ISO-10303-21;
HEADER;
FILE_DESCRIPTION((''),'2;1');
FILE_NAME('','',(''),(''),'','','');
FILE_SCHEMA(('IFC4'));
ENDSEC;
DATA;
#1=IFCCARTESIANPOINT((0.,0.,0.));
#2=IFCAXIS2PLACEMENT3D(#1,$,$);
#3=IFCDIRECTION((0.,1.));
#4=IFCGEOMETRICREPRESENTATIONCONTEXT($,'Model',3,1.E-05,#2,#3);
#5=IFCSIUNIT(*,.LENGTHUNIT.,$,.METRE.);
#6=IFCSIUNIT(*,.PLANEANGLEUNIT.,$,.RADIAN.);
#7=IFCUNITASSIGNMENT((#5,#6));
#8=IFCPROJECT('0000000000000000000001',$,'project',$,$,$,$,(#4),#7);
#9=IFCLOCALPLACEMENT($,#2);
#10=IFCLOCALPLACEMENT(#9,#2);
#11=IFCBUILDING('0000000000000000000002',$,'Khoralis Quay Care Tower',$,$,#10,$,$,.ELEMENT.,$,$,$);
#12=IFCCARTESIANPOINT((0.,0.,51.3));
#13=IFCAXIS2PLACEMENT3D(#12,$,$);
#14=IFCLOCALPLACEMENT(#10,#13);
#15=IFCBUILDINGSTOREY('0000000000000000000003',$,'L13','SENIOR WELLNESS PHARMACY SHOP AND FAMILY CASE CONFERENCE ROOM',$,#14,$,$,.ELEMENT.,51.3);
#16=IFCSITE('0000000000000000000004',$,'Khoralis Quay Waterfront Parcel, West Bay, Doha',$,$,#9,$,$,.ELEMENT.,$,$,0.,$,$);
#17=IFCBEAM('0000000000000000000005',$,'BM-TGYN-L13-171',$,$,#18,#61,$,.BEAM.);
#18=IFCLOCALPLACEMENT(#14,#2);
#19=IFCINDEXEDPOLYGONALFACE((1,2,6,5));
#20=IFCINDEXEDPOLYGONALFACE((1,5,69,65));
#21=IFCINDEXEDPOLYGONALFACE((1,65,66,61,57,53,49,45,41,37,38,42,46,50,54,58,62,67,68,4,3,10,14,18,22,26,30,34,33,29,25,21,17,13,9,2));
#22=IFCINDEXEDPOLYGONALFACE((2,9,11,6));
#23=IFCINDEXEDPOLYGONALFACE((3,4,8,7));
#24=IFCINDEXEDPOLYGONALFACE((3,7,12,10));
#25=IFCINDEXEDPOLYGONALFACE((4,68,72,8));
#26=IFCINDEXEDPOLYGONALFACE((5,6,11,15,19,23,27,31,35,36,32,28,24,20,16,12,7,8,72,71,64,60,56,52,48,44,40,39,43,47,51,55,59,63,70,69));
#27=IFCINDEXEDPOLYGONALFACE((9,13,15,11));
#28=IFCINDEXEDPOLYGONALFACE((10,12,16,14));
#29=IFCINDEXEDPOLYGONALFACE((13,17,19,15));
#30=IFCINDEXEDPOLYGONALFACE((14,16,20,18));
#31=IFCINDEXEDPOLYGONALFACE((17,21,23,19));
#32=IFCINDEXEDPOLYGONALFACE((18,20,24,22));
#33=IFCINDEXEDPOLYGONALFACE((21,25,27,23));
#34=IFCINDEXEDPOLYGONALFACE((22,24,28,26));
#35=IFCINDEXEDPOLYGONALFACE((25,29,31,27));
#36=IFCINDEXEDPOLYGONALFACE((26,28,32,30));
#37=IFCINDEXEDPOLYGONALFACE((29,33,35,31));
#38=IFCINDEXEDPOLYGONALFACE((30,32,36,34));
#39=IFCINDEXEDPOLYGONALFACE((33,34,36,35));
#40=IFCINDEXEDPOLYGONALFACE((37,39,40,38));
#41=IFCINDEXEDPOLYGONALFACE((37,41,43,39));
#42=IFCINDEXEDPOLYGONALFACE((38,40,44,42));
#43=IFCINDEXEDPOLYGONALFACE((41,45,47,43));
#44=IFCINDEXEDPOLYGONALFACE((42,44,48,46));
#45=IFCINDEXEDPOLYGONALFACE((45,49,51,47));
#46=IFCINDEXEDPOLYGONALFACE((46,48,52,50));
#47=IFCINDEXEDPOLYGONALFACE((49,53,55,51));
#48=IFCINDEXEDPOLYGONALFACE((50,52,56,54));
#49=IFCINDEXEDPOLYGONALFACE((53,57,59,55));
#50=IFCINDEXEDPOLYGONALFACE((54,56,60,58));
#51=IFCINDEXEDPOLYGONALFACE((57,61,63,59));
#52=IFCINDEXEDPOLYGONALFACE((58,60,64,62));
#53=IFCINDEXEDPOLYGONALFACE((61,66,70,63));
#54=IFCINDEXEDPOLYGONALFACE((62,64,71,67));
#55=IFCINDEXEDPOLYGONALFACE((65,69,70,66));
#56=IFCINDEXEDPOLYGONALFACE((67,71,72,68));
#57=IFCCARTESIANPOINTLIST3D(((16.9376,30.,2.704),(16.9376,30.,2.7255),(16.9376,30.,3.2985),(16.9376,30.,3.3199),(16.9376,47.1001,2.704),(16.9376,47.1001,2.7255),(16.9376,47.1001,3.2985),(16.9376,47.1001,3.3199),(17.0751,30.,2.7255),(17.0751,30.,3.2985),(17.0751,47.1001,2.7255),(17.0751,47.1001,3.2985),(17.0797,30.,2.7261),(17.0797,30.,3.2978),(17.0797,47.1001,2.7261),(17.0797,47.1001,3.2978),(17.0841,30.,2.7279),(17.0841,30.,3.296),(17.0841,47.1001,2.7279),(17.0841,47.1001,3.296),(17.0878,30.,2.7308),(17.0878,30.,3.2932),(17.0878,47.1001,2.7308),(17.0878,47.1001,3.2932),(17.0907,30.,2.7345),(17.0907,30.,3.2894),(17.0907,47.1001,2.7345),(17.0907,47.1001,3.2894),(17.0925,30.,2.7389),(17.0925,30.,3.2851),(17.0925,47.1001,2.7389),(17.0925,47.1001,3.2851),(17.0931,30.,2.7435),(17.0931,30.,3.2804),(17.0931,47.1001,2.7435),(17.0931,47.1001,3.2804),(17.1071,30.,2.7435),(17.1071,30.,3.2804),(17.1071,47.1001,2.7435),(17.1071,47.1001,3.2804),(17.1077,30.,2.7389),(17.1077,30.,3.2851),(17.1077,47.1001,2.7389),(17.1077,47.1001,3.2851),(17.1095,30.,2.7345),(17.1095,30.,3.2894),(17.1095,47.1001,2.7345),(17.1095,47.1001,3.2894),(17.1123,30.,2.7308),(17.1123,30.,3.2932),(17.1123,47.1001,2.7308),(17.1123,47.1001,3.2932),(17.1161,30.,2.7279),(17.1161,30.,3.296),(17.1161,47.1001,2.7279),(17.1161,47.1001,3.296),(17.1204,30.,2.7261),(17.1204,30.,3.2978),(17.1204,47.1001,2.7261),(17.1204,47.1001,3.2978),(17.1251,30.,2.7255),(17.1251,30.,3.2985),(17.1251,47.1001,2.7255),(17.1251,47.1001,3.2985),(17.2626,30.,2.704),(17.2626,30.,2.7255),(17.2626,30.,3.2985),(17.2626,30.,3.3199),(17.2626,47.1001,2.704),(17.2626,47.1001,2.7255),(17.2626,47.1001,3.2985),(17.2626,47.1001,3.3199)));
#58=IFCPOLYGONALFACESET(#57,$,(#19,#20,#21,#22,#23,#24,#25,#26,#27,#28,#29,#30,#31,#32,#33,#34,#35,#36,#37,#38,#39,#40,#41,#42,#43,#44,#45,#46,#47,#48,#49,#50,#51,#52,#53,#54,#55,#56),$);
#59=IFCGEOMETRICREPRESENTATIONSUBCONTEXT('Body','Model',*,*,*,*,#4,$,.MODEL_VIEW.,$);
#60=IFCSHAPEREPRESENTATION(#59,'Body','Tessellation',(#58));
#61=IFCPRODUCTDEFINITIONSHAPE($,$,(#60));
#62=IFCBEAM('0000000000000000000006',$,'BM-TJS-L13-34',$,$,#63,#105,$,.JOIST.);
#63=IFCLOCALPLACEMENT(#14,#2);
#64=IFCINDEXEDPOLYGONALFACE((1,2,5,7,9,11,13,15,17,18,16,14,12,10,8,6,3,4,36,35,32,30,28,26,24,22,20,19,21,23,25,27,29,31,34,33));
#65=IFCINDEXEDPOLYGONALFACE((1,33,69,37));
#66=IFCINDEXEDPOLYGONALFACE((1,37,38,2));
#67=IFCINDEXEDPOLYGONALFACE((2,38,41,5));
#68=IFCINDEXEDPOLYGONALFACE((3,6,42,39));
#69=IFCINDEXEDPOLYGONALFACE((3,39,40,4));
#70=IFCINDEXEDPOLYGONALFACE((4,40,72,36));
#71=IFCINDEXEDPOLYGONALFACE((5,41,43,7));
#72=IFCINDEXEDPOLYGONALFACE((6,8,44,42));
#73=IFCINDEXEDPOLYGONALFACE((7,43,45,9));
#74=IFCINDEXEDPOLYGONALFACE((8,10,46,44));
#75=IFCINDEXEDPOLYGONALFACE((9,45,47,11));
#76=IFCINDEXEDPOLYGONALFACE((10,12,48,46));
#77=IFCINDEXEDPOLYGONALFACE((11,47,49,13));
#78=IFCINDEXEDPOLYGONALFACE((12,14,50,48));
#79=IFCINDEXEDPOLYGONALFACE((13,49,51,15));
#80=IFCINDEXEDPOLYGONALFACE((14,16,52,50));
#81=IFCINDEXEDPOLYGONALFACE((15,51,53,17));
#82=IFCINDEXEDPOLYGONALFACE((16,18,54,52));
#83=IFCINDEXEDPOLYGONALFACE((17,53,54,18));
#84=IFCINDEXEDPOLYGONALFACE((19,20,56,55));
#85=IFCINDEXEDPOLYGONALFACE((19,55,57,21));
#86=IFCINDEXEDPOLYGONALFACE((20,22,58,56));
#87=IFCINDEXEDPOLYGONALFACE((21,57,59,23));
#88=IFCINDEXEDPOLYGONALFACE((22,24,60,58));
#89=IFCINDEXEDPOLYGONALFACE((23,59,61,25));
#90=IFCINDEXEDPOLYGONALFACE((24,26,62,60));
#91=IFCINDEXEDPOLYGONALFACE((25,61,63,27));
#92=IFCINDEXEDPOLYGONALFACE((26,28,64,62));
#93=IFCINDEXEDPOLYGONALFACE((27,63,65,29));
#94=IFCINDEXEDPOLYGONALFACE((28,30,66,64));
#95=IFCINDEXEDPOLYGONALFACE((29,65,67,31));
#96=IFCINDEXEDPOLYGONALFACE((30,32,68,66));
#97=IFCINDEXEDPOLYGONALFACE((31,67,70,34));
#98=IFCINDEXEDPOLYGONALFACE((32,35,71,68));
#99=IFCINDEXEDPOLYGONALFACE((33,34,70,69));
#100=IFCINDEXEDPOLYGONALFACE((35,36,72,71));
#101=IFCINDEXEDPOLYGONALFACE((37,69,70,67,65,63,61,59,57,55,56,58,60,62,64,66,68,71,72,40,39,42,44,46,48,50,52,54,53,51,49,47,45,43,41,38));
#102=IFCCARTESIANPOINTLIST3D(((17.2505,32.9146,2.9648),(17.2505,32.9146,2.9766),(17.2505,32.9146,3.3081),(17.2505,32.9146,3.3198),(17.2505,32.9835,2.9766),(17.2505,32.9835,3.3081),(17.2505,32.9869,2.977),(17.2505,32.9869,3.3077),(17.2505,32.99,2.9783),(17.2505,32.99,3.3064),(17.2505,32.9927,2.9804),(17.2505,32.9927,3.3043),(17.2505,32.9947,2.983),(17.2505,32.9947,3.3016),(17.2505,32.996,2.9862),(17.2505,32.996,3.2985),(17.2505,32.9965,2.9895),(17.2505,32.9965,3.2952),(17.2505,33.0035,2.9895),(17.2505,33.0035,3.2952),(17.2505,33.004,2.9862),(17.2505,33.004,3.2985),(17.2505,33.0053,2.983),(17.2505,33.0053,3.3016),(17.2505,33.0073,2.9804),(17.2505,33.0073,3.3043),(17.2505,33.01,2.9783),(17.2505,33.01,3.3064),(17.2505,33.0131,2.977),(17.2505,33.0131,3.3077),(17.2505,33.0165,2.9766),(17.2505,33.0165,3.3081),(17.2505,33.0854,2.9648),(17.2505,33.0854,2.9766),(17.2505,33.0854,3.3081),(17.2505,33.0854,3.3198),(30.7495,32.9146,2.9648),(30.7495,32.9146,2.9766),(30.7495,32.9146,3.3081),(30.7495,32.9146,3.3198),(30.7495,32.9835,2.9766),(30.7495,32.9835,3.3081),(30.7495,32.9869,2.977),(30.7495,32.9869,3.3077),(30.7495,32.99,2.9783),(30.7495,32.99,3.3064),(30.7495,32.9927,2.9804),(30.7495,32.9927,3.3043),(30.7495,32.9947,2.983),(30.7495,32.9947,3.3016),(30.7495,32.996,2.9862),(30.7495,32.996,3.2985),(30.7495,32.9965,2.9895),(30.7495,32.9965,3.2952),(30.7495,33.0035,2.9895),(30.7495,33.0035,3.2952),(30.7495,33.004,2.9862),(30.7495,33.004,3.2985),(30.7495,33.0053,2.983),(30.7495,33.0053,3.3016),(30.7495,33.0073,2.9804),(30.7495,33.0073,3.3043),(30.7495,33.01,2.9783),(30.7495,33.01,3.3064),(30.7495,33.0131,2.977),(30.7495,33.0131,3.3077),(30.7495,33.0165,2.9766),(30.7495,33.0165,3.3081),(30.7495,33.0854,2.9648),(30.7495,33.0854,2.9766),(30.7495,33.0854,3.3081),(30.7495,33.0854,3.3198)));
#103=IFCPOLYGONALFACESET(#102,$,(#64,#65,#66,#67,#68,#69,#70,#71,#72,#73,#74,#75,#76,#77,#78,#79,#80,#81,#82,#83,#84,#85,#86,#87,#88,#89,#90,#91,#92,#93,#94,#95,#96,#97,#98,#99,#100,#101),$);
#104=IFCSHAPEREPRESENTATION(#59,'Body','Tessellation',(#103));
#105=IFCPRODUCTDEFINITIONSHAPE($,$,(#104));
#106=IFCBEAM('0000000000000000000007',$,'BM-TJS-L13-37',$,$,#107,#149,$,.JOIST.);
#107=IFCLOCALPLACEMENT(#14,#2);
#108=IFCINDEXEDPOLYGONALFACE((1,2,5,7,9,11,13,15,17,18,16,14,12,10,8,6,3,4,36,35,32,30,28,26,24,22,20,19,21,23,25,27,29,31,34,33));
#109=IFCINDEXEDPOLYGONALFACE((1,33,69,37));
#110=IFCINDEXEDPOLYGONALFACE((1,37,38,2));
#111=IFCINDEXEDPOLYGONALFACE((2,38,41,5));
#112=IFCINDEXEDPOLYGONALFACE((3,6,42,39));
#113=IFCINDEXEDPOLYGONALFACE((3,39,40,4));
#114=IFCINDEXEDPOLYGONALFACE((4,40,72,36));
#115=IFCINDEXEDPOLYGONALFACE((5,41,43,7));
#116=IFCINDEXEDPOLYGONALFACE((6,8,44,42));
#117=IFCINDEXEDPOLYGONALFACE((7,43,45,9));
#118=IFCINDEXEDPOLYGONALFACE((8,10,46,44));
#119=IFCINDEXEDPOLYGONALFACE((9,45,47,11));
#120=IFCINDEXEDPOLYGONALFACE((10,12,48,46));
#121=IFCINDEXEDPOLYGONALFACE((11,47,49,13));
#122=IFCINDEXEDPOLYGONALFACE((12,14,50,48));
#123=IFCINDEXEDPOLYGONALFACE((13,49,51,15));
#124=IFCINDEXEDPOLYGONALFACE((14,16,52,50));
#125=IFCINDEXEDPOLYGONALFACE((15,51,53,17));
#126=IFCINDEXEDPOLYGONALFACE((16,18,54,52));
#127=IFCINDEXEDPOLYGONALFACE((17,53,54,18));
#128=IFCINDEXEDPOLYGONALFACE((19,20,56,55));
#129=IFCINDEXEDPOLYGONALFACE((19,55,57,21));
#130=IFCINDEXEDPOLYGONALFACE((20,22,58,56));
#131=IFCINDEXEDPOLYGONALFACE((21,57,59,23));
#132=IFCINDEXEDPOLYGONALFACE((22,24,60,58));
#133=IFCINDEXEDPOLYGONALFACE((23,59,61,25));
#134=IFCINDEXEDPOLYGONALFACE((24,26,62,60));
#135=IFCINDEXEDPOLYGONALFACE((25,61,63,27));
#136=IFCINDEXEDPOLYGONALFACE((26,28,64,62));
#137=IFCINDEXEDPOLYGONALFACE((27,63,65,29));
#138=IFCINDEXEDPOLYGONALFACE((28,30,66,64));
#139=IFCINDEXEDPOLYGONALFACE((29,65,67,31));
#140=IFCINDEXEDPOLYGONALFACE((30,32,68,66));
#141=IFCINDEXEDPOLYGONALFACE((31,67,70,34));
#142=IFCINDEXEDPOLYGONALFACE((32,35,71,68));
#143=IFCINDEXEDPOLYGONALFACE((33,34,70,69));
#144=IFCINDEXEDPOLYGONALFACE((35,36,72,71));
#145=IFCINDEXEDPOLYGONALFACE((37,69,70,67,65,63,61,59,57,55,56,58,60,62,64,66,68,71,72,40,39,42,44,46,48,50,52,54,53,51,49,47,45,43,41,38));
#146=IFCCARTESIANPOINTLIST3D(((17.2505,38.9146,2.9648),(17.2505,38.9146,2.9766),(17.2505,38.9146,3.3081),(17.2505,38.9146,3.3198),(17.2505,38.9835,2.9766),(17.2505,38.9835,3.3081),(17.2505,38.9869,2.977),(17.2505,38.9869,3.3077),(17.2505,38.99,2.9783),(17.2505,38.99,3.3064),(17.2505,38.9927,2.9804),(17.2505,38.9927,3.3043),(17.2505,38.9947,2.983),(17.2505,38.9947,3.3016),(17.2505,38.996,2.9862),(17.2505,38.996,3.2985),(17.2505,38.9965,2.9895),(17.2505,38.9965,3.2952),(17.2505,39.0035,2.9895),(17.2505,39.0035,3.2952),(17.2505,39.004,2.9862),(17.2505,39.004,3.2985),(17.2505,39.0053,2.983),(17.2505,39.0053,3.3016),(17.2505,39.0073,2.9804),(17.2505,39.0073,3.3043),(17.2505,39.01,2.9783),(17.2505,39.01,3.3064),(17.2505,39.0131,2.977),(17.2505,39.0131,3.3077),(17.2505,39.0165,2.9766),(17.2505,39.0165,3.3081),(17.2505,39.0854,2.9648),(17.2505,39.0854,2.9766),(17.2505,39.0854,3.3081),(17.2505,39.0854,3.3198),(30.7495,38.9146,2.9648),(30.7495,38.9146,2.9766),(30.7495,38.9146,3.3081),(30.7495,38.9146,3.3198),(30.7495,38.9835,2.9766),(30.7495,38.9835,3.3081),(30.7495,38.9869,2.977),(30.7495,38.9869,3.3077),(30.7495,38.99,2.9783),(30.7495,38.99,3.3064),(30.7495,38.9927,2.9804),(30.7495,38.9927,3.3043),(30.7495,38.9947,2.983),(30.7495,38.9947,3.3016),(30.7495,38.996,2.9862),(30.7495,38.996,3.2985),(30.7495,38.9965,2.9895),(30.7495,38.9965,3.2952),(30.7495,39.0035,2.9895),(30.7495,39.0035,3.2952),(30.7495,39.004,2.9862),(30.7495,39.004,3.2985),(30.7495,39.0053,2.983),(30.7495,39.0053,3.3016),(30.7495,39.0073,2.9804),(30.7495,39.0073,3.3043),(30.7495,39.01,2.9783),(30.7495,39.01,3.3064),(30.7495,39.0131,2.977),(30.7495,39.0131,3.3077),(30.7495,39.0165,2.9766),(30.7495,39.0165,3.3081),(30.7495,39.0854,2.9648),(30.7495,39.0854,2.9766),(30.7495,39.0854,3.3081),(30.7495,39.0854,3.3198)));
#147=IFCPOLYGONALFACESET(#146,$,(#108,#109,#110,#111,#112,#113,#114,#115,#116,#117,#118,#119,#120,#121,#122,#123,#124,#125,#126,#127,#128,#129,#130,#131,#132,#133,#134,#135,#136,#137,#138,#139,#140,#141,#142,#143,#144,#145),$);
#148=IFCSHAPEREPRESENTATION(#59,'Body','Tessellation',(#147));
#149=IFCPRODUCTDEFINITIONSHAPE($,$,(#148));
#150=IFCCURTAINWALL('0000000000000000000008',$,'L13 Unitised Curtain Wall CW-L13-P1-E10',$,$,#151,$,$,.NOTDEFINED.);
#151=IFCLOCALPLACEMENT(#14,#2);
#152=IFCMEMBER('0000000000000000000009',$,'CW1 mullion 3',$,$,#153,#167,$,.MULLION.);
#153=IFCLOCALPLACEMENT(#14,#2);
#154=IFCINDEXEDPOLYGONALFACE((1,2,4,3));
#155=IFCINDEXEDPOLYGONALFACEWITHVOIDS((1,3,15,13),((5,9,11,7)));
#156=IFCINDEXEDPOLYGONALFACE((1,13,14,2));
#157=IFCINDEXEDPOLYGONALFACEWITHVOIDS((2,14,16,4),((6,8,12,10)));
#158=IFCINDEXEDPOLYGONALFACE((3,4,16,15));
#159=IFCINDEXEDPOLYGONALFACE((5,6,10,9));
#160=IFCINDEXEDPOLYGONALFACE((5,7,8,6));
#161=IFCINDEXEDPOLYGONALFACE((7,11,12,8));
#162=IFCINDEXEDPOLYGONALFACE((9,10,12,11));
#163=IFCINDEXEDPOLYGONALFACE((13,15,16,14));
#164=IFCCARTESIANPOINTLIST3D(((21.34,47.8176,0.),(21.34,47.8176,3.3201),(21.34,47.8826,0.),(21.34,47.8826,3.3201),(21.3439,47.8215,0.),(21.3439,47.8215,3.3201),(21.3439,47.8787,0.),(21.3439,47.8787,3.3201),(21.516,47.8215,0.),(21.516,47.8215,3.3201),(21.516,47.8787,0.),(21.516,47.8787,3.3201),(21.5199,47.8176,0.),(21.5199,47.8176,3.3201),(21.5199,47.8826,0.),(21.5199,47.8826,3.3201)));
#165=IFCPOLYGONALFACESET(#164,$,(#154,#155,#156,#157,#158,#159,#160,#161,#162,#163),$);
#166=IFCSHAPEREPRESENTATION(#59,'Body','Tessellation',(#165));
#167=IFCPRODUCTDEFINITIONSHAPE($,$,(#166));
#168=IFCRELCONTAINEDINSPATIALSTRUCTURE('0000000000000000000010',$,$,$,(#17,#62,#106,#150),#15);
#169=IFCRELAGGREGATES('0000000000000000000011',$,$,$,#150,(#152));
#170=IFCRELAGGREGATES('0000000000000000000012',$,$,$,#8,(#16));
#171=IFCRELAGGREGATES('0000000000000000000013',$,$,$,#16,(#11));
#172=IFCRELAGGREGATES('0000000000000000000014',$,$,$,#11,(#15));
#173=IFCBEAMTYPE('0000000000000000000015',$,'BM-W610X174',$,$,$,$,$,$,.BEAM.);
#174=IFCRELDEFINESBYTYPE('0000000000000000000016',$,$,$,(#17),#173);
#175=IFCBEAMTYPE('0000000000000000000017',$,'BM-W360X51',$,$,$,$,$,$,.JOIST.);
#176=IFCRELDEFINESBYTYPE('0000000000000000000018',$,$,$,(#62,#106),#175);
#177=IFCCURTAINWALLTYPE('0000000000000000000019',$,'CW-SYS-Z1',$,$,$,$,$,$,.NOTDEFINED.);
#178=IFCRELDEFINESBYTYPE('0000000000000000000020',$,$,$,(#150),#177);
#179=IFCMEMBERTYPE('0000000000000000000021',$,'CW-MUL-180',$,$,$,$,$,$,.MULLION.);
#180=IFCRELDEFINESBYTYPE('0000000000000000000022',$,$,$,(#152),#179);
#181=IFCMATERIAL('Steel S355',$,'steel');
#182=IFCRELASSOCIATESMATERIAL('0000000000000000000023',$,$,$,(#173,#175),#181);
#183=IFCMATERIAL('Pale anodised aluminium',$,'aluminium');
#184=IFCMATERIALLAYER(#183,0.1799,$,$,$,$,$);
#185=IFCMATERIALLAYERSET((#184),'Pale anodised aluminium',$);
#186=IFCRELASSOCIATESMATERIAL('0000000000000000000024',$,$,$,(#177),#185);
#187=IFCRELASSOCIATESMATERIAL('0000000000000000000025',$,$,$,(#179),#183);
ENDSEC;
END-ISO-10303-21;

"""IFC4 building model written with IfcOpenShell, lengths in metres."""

from ifc_helpers import new_model, si_unit, direction, frame, origin, origin_2d, place, context, subcontext, project, spatial, hollow_rectangle, i_section, extrude, source, transform, mapped, material, layer, layer_set, material_profile, profile_set, type_object, element, aggregate, save


model = new_model("IFC4")

# Units and contexts
model_context = context("Model", 3, precision=1e-05, world=origin(), true_north=direction((0.0, 1.0)))
body_context = subcontext(model_context, "Body", "Model", "MODEL_VIEW")
ifc_project = project(units=[si_unit("LENGTHUNIT", "METRE"), si_unit("PLANEANGLEUNIT", "RADIAN")], contexts=[model_context])

# Site, building, storey
site_placement = place(None, origin())
site = spatial("IfcSite", under=ifc_project, at=site_placement, Name="Khoralis Quay Waterfront Parcel, West Bay, Doha", CompositionType="ELEMENT", RefElevation=0.0)
building_placement = place(site_placement, origin())
building = spatial("IfcBuilding", under=site, at=building_placement, Name="Khoralis Quay Care Tower", CompositionType="ELEMENT")
storey_placement = place(building_placement, frame((0.0, 0.0, 51.3)))
storey = spatial("IfcBuildingStorey", under=building, at=storey_placement, Name="L13", Description="SENIOR WELLNESS PHARMACY SHOP AND FAMILY CASE CONFERENCE ROOM", CompositionType="ELEMENT", Elevation=51.3)

# Beams
ifc_material_1 = material(Name="Steel S355", Category="steel")
ifc_material_profile_1 = material_profile(ifc_material_1, i_section(OverallWidth=0.325, OverallDepth=0.616, WebThickness=0.0139, FlangeThickness=0.0215, FilletRadius=0.0181, at=origin_2d()), Name="Steel S355")
ifc_profile_set_1 = profile_set([ifc_material_profile_1], Name="Steel S355")
beam_type_1 = type_object("IfcBeamType", Name="BM-W610X174", PredefinedType="BEAM", material=ifc_profile_set_1)
shared_shape_1 = source(origin(), body_context, "Body", "SweptSolid", [
    extrude(i_section(OverallWidth=0.325, OverallDepth=0.616, WebThickness=0.0139, FlangeThickness=0.0215, FilletRadius=0.0181, at=origin_2d()), origin(), (0.0, 0.0, 1.0), 17.1001),
])
beam_1_placement = place(storey_placement, frame((17.1001, 30.0, 3.012), z_axis=(0.0, 1.0, 0.0), x_axis=(-1.0, 0.0, 0.0)))
element("IfcBeam", 1, at=beam_1_placement, inside=storey, type_object=beam_type_1, Name="BM-TGYN-L13-171", PredefinedType="BEAM", context=body_context, shape_type="MappedRepresentation", body=[
    mapped(shared_shape_1, transform((0.0, 0.0, 0.0), scale=1.0)),
])
ifc_material_profile_2 = material_profile(ifc_material_1, i_section(OverallWidth=0.1709, OverallDepth=0.355, WebThickness=0.0071, FlangeThickness=0.0117, FilletRadius=0.0129, at=origin_2d()), Name="Steel S355")
ifc_profile_set_2 = profile_set([ifc_material_profile_2], Name="Steel S355")
beam_type_2 = type_object("IfcBeamType", Name="BM-W360X51", PredefinedType="JOIST", material=ifc_profile_set_2)
shared_shape_2 = source(origin(), body_context, "Body", "SweptSolid", [
    extrude(i_section(OverallWidth=0.1709, OverallDepth=0.355, WebThickness=0.0071, FlangeThickness=0.0117, FilletRadius=0.0129, at=origin_2d()), origin(), (0.0, 0.0, 1.0), 13.499),
])
for number, where, z_axis, x_axis, name in (
    (2, (17.2505, 33.0, 3.1423), (1.0, 0.0, 0.0), (0.0, 1.0, 0.0), "BM-TJS-L13-34"),
    (3, (17.2505, 39.0, 3.1423), (1.0, 0.0, 0.0), (0.0, 1.0, 0.0), "BM-TJS-L13-37"),
):
    element("IfcBeam", number, at=place(storey_placement, frame(where, z_axis=z_axis, x_axis=x_axis)), inside=storey, type_object=beam_type_2, Name=name, PredefinedType="JOIST", context=body_context, shape_type="MappedRepresentation", body=[
        mapped(shared_shape_2, transform((0.0, 0.0, 0.0), scale=1.0)),
    ])

# Curtain wall, member
ifc_material_2 = material(Name="Pale anodised aluminium", Category="aluminium")
ifc_layer_1 = layer(ifc_material_2, 0.1799)
ifc_layer_set_1 = layer_set([ifc_layer_1], Name="Pale anodised aluminium")
curtain_wall_type = type_object("IfcCurtainWallType", Name="CW-SYS-Z1", PredefinedType="NOTDEFINED", material=ifc_layer_set_1)
curtain_wall_placement = place(storey_placement, origin())
curtain_wall = element("IfcCurtainWall", 4, at=curtain_wall_placement, inside=storey, type_object=curtain_wall_type, Name="L13 Unitised Curtain Wall CW-L13-P1-E10", PredefinedType="NOTDEFINED")
ifc_material_profile_3 = material_profile(ifc_material_2, hollow_rectangle(XDim=0.0649, YDim=0.1799, WallThickness=0.0039, at=origin_2d()), Name="Pale anodised aluminium")
ifc_profile_set_3 = profile_set([ifc_material_profile_3], Name="Pale anodised aluminium")
member_type = type_object("IfcMemberType", Name="CW-MUL-180", PredefinedType="MULLION", material=ifc_profile_set_3)
shared_shape_3 = source(origin(), body_context, "Body", "SweptSolid", [
    extrude(hollow_rectangle(XDim=0.0649, YDim=0.1799, WallThickness=0.0039, at=origin_2d()), origin(), (0.0, 0.0, 1.0), 3.3201),
])
member_placement = place(storey_placement, frame((21.4299, 47.8501, 0.0), z_axis=(0.0, 0.0, 1.0), x_axis=(0.0, -1.0, 0.0)))
member = element("IfcMember", 5, at=member_placement, type_object=member_type, Name="CW1 mullion 3", PredefinedType="MULLION", context=body_context, shape_type="MappedRepresentation", body=[
    mapped(shared_shape_3, transform((0.0, 0.0, 0.0), scale=1.0)),
])
aggregate(curtain_wall, [member])

save(model, "model.ifc")
